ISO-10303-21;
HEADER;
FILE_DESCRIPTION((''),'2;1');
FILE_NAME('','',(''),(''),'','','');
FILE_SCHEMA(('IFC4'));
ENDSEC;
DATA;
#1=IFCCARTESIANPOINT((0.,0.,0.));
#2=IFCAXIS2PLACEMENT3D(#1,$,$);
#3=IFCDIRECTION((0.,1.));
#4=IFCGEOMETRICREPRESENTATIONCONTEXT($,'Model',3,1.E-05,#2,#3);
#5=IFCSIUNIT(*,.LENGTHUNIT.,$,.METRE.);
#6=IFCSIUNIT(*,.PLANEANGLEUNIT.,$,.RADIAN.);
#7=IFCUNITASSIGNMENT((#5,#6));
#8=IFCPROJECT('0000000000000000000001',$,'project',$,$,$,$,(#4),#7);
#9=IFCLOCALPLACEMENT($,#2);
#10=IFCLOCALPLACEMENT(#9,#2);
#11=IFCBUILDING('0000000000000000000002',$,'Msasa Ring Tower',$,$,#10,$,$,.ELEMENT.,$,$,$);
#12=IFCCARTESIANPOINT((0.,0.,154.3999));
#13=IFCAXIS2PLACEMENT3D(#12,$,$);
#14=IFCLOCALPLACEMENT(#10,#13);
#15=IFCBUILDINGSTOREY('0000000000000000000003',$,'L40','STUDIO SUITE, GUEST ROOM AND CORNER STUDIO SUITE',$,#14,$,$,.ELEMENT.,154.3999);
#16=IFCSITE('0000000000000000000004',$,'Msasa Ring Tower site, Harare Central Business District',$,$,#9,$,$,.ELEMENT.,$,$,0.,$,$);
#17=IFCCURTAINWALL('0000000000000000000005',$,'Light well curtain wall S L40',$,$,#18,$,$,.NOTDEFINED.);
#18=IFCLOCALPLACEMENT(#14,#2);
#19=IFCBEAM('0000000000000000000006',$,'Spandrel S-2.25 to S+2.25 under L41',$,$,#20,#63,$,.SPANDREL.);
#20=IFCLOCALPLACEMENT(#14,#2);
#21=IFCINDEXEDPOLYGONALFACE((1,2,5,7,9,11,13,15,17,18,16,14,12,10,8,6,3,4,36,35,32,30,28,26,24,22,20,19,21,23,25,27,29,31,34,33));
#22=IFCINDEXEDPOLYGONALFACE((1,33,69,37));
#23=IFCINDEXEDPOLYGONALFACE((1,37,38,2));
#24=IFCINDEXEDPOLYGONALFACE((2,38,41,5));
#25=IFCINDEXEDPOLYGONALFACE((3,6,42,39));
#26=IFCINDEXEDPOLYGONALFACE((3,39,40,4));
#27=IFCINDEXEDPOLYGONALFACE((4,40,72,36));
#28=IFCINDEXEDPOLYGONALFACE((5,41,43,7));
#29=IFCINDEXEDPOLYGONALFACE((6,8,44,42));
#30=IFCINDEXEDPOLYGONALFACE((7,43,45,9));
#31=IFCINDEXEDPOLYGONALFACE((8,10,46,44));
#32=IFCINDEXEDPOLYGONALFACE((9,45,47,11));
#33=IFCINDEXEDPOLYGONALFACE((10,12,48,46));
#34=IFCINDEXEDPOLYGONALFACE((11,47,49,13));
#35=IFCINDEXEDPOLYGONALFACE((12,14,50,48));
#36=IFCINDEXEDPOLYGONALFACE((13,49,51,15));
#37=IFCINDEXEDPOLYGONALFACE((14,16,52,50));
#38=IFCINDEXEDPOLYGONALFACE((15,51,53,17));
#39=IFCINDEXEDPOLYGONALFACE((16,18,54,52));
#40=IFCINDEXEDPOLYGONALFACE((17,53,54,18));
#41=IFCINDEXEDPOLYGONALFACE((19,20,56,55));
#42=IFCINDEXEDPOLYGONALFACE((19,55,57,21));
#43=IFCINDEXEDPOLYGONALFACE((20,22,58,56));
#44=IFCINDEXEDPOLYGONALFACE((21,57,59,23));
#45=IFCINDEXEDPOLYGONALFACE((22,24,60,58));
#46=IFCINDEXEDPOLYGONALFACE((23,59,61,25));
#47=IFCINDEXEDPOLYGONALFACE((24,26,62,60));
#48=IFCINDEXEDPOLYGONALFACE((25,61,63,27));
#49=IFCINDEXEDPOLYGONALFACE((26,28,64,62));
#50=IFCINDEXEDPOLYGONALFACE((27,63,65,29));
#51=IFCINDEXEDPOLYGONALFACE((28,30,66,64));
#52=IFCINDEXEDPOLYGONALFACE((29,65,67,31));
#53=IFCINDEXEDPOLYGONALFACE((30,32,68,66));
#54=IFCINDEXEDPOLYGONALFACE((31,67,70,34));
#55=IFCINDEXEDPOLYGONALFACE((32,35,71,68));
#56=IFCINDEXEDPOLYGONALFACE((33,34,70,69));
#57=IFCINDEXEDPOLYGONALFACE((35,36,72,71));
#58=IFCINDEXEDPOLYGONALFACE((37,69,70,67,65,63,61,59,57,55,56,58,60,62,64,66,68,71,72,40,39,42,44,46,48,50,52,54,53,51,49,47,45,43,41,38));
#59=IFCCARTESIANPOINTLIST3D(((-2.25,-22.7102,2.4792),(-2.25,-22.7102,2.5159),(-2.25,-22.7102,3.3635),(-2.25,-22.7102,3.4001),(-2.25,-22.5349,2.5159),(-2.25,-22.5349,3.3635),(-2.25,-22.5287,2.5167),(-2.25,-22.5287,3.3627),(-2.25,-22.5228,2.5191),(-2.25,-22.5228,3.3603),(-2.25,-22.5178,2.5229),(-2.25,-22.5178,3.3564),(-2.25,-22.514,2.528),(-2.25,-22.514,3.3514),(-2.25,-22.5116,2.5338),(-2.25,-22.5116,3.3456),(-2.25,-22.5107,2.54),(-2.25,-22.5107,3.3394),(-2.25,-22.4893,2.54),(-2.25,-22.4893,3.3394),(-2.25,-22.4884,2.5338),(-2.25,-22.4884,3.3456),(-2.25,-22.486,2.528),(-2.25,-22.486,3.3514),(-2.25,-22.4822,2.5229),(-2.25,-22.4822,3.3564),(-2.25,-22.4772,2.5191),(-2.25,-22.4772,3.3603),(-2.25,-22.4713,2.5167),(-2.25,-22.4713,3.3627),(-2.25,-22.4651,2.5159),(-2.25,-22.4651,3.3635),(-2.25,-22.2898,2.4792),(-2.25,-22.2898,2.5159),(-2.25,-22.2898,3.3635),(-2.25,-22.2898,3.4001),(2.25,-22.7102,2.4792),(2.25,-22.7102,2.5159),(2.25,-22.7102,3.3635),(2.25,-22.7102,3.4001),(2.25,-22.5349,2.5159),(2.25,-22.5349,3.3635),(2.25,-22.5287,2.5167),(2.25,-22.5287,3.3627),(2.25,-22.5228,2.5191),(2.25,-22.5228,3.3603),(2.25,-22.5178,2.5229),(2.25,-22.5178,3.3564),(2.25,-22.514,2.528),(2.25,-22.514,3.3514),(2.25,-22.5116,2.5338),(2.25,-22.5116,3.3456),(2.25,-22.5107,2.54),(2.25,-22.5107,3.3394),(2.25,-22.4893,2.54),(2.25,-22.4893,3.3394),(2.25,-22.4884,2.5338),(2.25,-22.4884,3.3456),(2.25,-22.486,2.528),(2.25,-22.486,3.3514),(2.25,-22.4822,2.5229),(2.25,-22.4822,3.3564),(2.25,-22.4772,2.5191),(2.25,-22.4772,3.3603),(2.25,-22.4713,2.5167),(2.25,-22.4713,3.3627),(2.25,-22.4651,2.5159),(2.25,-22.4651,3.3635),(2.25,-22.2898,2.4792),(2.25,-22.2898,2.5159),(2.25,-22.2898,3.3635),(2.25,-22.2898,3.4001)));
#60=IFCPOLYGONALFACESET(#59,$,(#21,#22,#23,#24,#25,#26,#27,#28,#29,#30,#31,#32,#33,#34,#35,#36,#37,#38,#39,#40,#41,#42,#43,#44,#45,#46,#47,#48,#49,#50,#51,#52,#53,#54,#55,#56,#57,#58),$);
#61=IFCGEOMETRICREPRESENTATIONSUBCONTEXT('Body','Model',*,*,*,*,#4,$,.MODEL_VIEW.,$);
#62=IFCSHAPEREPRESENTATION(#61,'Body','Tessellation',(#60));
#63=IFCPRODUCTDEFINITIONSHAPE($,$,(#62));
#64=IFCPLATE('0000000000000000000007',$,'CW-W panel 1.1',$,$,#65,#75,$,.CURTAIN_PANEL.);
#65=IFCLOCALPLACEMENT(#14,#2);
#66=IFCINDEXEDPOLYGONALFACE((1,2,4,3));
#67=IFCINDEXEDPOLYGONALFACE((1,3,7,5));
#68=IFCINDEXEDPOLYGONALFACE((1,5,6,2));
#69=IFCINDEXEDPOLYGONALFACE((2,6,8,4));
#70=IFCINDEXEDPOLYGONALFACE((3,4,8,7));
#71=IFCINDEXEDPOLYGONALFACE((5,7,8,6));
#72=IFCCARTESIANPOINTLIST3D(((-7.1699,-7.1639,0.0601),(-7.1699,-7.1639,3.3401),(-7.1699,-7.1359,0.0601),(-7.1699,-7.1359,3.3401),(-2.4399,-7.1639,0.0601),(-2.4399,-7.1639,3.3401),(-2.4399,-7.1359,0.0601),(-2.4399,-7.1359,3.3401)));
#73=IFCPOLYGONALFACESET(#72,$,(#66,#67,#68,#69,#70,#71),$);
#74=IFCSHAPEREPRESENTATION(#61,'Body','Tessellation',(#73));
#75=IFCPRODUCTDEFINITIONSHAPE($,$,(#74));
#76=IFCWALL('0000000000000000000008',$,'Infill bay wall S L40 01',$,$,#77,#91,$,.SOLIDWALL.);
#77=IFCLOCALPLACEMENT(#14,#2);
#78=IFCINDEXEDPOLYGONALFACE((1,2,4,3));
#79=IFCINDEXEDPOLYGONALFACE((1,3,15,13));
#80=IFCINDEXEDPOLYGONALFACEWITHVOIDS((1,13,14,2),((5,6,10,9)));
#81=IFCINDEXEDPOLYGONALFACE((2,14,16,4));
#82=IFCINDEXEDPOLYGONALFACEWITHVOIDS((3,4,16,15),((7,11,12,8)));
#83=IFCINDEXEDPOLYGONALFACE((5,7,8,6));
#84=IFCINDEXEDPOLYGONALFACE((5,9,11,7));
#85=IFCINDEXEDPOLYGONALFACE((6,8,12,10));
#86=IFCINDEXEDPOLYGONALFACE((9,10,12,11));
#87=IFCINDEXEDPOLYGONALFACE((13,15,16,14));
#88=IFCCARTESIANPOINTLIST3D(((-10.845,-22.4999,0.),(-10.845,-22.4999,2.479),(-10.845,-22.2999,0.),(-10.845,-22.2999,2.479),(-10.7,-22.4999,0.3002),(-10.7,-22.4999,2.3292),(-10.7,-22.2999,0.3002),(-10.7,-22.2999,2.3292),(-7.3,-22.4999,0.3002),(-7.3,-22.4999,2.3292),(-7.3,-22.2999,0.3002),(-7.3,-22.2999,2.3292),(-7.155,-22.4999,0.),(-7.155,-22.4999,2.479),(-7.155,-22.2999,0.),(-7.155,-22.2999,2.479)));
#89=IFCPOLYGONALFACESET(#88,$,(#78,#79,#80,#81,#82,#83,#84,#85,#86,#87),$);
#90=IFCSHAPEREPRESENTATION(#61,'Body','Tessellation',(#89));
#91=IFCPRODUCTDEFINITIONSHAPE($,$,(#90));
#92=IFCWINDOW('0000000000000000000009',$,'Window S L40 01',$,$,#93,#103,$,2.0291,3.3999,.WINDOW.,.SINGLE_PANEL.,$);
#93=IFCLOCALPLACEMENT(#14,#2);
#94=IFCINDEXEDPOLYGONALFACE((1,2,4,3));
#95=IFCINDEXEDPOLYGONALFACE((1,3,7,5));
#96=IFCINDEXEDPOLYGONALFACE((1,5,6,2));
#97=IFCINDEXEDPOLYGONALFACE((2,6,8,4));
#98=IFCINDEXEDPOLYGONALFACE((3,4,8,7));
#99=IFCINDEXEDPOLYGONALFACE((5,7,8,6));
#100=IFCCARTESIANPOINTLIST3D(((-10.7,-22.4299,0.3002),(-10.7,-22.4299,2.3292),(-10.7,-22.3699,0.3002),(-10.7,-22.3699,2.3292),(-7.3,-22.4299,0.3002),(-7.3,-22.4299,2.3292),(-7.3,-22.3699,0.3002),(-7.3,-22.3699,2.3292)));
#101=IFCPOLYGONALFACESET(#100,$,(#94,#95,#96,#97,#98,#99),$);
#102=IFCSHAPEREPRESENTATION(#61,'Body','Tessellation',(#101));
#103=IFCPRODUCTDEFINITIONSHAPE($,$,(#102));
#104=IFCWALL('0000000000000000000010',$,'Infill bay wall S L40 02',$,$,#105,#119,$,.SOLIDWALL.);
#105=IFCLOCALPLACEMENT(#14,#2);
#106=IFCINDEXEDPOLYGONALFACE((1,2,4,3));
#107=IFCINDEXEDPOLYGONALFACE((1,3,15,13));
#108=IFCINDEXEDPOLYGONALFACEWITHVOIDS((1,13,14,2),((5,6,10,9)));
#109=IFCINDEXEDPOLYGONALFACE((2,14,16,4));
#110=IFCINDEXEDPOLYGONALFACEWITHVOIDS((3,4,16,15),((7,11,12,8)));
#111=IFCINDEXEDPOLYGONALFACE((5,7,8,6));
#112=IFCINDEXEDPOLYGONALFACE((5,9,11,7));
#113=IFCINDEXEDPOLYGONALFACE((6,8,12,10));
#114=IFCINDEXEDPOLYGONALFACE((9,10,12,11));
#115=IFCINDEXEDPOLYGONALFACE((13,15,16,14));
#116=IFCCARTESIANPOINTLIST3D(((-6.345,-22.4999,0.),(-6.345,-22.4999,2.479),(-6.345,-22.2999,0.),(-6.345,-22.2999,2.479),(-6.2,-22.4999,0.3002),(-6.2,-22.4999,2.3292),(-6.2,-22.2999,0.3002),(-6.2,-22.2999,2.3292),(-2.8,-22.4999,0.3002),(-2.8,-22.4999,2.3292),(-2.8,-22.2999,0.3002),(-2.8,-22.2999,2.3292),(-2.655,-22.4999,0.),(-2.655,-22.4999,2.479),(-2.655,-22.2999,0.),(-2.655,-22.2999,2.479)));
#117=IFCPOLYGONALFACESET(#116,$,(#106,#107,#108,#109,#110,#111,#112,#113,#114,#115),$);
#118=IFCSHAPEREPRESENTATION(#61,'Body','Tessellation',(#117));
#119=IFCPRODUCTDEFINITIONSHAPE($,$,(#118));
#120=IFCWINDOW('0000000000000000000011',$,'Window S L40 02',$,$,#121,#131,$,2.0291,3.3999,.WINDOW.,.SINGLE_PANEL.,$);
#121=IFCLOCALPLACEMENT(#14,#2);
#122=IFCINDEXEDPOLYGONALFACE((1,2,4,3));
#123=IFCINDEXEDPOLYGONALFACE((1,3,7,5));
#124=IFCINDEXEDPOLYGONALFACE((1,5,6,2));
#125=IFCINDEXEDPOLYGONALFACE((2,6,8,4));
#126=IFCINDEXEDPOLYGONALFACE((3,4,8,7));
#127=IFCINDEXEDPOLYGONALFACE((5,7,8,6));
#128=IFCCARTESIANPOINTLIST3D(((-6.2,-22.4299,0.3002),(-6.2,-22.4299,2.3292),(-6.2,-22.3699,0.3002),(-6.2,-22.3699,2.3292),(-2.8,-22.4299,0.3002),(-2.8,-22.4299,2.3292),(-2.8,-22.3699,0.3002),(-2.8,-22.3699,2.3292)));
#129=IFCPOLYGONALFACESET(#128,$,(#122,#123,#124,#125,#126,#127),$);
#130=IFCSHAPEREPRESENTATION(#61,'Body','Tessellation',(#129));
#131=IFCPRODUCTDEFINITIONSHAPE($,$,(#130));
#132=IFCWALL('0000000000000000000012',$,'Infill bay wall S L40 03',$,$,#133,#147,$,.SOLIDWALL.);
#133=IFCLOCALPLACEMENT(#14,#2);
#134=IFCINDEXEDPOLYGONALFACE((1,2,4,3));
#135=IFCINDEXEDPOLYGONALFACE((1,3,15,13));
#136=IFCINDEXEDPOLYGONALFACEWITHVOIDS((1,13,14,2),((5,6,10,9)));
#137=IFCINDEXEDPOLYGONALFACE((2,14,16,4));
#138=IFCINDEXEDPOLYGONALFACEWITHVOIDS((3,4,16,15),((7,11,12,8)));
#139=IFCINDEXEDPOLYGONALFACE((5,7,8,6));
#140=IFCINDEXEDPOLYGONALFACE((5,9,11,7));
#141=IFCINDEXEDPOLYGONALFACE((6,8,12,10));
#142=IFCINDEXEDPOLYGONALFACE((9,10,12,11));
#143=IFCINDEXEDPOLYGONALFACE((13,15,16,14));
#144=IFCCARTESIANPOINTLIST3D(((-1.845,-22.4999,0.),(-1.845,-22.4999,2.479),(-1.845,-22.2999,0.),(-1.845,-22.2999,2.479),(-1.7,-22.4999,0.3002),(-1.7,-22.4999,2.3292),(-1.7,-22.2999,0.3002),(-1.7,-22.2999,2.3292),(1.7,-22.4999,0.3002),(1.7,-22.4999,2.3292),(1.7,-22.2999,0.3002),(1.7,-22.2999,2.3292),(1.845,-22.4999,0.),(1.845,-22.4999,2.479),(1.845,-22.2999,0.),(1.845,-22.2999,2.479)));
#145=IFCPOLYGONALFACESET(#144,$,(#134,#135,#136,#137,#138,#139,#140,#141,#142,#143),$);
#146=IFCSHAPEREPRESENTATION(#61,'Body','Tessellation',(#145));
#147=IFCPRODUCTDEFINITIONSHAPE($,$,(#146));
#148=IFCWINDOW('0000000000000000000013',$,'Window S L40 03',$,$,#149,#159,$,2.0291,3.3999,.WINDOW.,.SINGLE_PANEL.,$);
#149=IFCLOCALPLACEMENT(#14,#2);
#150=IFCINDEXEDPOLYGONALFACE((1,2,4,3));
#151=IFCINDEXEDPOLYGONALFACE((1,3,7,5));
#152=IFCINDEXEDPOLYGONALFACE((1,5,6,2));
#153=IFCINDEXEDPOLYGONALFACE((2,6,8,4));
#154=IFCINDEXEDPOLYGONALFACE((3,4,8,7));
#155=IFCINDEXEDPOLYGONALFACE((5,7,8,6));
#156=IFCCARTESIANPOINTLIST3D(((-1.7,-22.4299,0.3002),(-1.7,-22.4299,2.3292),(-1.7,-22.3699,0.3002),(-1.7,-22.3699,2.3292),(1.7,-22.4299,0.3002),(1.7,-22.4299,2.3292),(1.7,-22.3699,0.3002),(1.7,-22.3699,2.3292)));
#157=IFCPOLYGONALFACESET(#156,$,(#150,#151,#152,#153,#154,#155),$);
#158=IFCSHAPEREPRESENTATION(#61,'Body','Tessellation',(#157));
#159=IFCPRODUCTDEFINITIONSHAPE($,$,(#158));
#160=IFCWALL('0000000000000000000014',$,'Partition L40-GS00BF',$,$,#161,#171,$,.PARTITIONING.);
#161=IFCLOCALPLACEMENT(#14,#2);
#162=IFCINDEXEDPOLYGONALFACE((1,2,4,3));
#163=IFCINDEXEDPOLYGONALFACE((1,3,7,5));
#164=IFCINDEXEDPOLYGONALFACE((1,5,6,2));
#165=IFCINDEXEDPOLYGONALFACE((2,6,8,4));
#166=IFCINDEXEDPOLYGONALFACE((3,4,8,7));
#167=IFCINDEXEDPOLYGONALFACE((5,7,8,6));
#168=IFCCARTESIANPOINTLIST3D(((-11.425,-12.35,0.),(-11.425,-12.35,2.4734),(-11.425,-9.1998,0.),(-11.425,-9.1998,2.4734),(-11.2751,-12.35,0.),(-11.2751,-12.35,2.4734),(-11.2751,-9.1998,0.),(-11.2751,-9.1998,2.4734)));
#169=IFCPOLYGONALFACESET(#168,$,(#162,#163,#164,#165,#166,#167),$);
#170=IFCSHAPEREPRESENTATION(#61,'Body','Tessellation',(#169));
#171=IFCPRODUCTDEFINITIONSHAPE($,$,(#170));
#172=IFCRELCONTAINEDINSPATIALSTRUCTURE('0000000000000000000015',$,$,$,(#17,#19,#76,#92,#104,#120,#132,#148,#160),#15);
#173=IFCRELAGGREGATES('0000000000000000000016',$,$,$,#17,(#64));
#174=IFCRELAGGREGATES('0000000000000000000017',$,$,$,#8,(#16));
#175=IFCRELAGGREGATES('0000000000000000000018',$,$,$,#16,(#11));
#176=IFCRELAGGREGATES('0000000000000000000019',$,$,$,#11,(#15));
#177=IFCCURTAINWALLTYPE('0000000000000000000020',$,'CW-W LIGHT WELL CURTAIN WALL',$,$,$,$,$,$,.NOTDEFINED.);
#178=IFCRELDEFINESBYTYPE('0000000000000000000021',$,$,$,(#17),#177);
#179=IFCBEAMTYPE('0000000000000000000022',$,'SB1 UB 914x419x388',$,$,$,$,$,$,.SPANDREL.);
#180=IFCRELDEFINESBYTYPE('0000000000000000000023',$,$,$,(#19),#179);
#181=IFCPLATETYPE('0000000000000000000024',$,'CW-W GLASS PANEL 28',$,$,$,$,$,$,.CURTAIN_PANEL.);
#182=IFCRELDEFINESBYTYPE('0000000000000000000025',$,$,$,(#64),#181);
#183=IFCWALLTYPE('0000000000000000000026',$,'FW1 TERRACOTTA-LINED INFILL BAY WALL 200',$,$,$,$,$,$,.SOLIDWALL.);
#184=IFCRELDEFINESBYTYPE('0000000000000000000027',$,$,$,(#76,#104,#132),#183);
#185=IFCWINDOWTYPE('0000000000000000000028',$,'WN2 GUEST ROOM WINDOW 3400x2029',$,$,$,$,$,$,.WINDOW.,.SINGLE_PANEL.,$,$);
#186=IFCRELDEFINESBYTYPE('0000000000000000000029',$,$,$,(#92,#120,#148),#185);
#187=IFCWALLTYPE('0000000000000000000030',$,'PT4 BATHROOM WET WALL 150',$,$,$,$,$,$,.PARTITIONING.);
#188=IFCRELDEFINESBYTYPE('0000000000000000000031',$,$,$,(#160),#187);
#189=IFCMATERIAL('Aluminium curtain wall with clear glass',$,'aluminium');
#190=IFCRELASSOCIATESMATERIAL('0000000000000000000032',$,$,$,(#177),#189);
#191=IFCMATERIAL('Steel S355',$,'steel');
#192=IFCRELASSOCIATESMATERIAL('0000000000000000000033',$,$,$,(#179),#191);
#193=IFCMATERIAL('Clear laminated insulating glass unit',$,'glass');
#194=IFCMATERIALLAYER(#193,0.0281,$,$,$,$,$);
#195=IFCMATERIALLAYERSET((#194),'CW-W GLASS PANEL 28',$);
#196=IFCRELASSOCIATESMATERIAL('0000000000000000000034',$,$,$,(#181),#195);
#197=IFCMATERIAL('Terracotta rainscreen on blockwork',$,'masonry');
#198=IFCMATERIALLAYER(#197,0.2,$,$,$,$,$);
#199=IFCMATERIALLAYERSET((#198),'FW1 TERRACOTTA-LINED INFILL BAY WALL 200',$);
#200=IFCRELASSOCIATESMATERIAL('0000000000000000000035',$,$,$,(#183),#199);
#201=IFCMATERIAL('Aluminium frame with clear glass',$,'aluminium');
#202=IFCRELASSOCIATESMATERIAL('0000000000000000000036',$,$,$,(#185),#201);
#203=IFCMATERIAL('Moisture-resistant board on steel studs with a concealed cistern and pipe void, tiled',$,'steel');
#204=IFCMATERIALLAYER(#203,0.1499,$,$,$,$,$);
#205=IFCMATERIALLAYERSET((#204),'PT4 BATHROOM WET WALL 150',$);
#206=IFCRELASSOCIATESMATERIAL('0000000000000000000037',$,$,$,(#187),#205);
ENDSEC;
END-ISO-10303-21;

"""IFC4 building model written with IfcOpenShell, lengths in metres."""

from ifc_helpers import new_model, si_unit, direction, frame, frame_2d, origin, origin_2d, place, context, subcontext, project, spatial, rectangle, i_section, extrude, material, layer, layer_set, material_profile, profile_set, type_object, element, fill, aggregate, save


model = new_model("IFC4")

# Units and contexts
model_context = context("Model", 3, precision=1e-05, world=origin(), true_north=direction((0.0, 1.0)))
body_context = subcontext(model_context, "Body", "Model", "MODEL_VIEW")
ifc_project = project(units=[si_unit("LENGTHUNIT", "METRE"), si_unit("PLANEANGLEUNIT", "RADIAN")], contexts=[model_context])

# Site, building, storey
site_placement = place(None, origin())
site = spatial("IfcSite", under=ifc_project, at=site_placement, Name="Msasa Ring Tower site, Harare Central Business District", CompositionType="ELEMENT", RefElevation=0.0)
building_placement = place(site_placement, origin())
building = spatial("IfcBuilding", under=site, at=building_placement, Name="Msasa Ring Tower", CompositionType="ELEMENT")
storey_placement = place(building_placement, frame((0.0, 0.0, 154.3999)))
storey = spatial("IfcBuildingStorey", under=building, at=storey_placement, Name="L40", Description="STUDIO SUITE, GUEST ROOM AND CORNER STUDIO SUITE", CompositionType="ELEMENT", Elevation=154.3999)

# Curtain wall
ifc_material_1 = material(Name="Aluminium curtain wall with clear glass", Category="aluminium")
curtain_wall_type = type_object("IfcCurtainWallType", Name="CW-W LIGHT WELL CURTAIN WALL", PredefinedType="NOTDEFINED", material=ifc_material_1)
curtain_wall_placement = place(storey_placement, origin())
curtain_wall = element("IfcCurtainWall", 1, at=curtain_wall_placement, inside=storey, type_object=curtain_wall_type, Name="Light well curtain wall S L40", PredefinedType="NOTDEFINED")

# Beam
ifc_material_2 = material(Name="Steel S355", Category="steel")
ifc_material_profile_1 = material_profile(ifc_material_2, i_section(OverallWidth=0.4204, OverallDepth=0.9209, WebThickness=0.0215, FlangeThickness=0.0366, FilletRadius=0.0242, at=origin_2d()), Name="UB 914x419x388")
ifc_profile_set_1 = profile_set([ifc_material_profile_1], Name="Steel S355")
beam_type_1 = type_object("IfcBeamType", Name="SB1 UB 914x419x388", PredefinedType="SPANDREL", material=ifc_profile_set_1)
for number, where, z_axis, x_axis, name in (
    (2, (-2.25, -22.5, 2.9397), (1.0, 0.0, 0.0), (0.0, 1.0, 0.0), "Spandrel S-2.25 to S+2.25 under L41"),
):
    element("IfcBeam", number, at=place(storey_placement, frame(where, z_axis=z_axis, x_axis=x_axis)), inside=storey, type_object=beam_type_1, Name=name, PredefinedType="SPANDREL", context=body_context, shape_type="SweptSolid", body=[
        extrude(i_section(OverallWidth=0.4204, OverallDepth=0.9209, WebThickness=0.0215, FlangeThickness=0.0366, FilletRadius=0.0242, at=origin_2d()), origin(), (0.0, 0.0, 1.0), 4.5),
    ])

# Plate
ifc_material_3 = material(Name="Clear laminated insulating glass unit", Category="glass")
ifc_layer_1 = layer(ifc_material_3, 0.0281)
ifc_layer_set_1 = layer_set([ifc_layer_1], Name="CW-W GLASS PANEL 28")
plate_type = type_object("IfcPlateType", Name="CW-W GLASS PANEL 28", PredefinedType="CURTAIN_PANEL", material=ifc_layer_set_1)
plate_placement = place(storey_placement, frame((-4.8049, -7.1499, 0.0601), z_axis=(0.0, 0.0, 1.0), x_axis=(1.0, 0.0, 0.0)))
plate = element("IfcPlate", 3, at=plate_placement, type_object=plate_type, Name="CW-W panel 1.1", PredefinedType="CURTAIN_PANEL", context=body_context, shape_type="SweptSolid", body=[
    extrude(rectangle(XDim=4.73, YDim=0.0281, at=origin_2d()), origin(), (0.0, 0.0, 1.0), 3.28),
])
aggregate(curtain_wall, [plate])

# Walls, openings, windows
ifc_material_4 = material(Name="Terracotta rainscreen on blockwork", Category="masonry")
ifc_layer_2 = layer(ifc_material_4, 0.2)
ifc_layer_set_2 = layer_set([ifc_layer_2], Name="FW1 TERRACOTTA-LINED INFILL BAY WALL 200")
wall_type_1 = type_object("IfcWallType", Name="FW1 TERRACOTTA-LINED INFILL BAY WALL 200", PredefinedType="SOLIDWALL", material=ifc_layer_set_2)
wall_1_placement = place(storey_placement, frame((-10.845, -22.3999, 0.0), z_axis=(0.0, 0.0, 1.0), x_axis=(1.0, 0.0, 0.0)))
wall_1 = element("IfcWall", 4, at=wall_1_placement, inside=storey, type_object=wall_type_1, Name="Infill bay wall S L40 01", PredefinedType="SOLIDWALL", context=body_context, shape_type="SweptSolid", body=[
    extrude(rectangle(XDim=3.6899, YDim=0.2, at=frame_2d((1.845, 0.0))), origin(), (0.0, 0.0, 1.0), 2.479),
])
opening_1_placement = place(wall_1_placement, frame((0.145, 0.0, 0.3)))
opening_1 = element("IfcOpeningElement", 5, at=opening_1_placement, cuts=wall_1, PredefinedType="OPENING", context=body_context, shape_type="SweptSolid", body=[
    extrude(rectangle(XDim=3.3999, YDim=2.0291, at=frame_2d((1.7, 1.0146))), frame((0.0, 0.1099, 0.0), z_axis=(0.0, -1.0, 0.0), x_axis=(1.0, 0.0, 0.0)), (0.0, 0.0, 1.0), 0.22),
])
ifc_material_5 = material(Name="Aluminium frame with clear glass", Category="aluminium")
window_type = type_object("IfcWindowType", Name="WN2 GUEST ROOM WINDOW 3400x2029", PartitioningType="SINGLE_PANEL", PredefinedType="WINDOW", material=ifc_material_5)
window_1_placement = place(opening_1_placement, origin())
window_1 = element("IfcWindow", 6, at=window_1_placement, inside=storey, type_object=window_type, Name="Window S L40 01", OverallHeight=2.0291, OverallWidth=3.3999, PartitioningType="SINGLE_PANEL", PredefinedType="WINDOW", context=body_context, shape_type="SweptSolid", body=[
    extrude(rectangle(XDim=3.3999, YDim=2.0291, at=frame_2d((1.7, 1.0146))), frame((0.0, 0.03, 0.0), z_axis=(0.0, -1.0, 0.0), x_axis=(1.0, 0.0, 0.0)), (0.0, 0.0, 1.0), 0.0601),
])
fill(opening_1, window_1)
wall_2_placement = place(storey_placement, frame((-6.345, -22.3999, 0.0), z_axis=(0.0, 0.0, 1.0), x_axis=(1.0, 0.0, 0.0)))
wall_2 = element("IfcWall", 7, at=wall_2_placement, inside=storey, type_object=wall_type_1, Name="Infill bay wall S L40 02", PredefinedType="SOLIDWALL", context=body_context, shape_type="SweptSolid", body=[
    extrude(rectangle(XDim=3.6899, YDim=0.2, at=frame_2d((1.845, 0.0))), origin(), (0.0, 0.0, 1.0), 2.479),
])
opening_2_placement = place(wall_2_placement, frame((0.145, 0.0, 0.3)))
opening_2 = element("IfcOpeningElement", 8, at=opening_2_placement, cuts=wall_2, PredefinedType="OPENING", context=body_context, shape_type="SweptSolid", body=[
    extrude(rectangle(XDim=3.3999, YDim=2.0291, at=frame_2d((1.7, 1.0146))), frame((0.0, 0.1099, 0.0), z_axis=(0.0, -1.0, 0.0), x_axis=(1.0, 0.0, 0.0)), (0.0, 0.0, 1.0), 0.22),
])
window_2_placement = place(opening_2_placement, origin())
window_2 = element("IfcWindow", 9, at=window_2_placement, inside=storey, type_object=window_type, Name="Window S L40 02", OverallHeight=2.0291, OverallWidth=3.3999, PartitioningType="SINGLE_PANEL", PredefinedType="WINDOW", context=body_context, shape_type="SweptSolid", body=[
    extrude(rectangle(XDim=3.3999, YDim=2.0291, at=frame_2d((1.7, 1.0146))), frame((0.0, 0.03, 0.0), z_axis=(0.0, -1.0, 0.0), x_axis=(1.0, 0.0, 0.0)), (0.0, 0.0, 1.0), 0.0601),
])
fill(opening_2, window_2)
wall_3_placement = place(storey_placement, frame((-1.845, -22.3999, 0.0), z_axis=(0.0, 0.0, 1.0), x_axis=(1.0, 0.0, 0.0)))
wall_3 = element("IfcWall", 10, at=wall_3_placement, inside=storey, type_object=wall_type_1, Name="Infill bay wall S L40 03", PredefinedType="SOLIDWALL", context=body_context, shape_type="SweptSolid", body=[
    extrude(rectangle(XDim=3.6899, YDim=0.2, at=frame_2d((1.845, 0.0))), origin(), (0.0, 0.0, 1.0), 2.479),
])
opening_3_placement = place(wall_3_placement, frame((0.145, 0.0, 0.3)))
opening_3 = element("IfcOpeningElement", 11, at=opening_3_placement, cuts=wall_3, PredefinedType="OPENING", context=body_context, shape_type="SweptSolid", body=[
    extrude(rectangle(XDim=3.3999, YDim=2.0291, at=frame_2d((1.7, 1.0146))), frame((0.0, 0.1099, 0.0), z_axis=(0.0, -1.0, 0.0), x_axis=(1.0, 0.0, 0.0)), (0.0, 0.0, 1.0), 0.22),
])
window_3_placement = place(opening_3_placement, origin())
window_3 = element("IfcWindow", 12, at=window_3_placement, inside=storey, type_object=window_type, Name="Window S L40 03", OverallHeight=2.0291, OverallWidth=3.3999, PartitioningType="SINGLE_PANEL", PredefinedType="WINDOW", context=body_context, shape_type="SweptSolid", body=[
    extrude(rectangle(XDim=3.3999, YDim=2.0291, at=frame_2d((1.7, 1.0146))), frame((0.0, 0.03, 0.0), z_axis=(0.0, -1.0, 0.0), x_axis=(1.0, 0.0, 0.0)), (0.0, 0.0, 1.0), 0.0601),
])
fill(opening_3, window_3)

# Wall
ifc_material_6 = material(Name="Moisture-resistant board on steel studs with a concealed cistern and pipe void, tiled", Category="steel")
ifc_layer_3 = layer(ifc_material_6, 0.1499)
ifc_layer_set_3 = layer_set([ifc_layer_3], Name="PT4 BATHROOM WET WALL 150")
wall_type_2 = type_object("IfcWallType", Name="PT4 BATHROOM WET WALL 150", PredefinedType="PARTITIONING", material=ifc_layer_set_3)
wall_4_placement = place(storey_placement, frame((-11.3501, -12.3501, 0.0), z_axis=(0.0, 0.0, 1.0), x_axis=(0.0, 1.0, 0.0)))
element("IfcWall", 13, at=wall_4_placement, inside=storey, type_object=wall_type_2, Name="Partition L40-GS00BF", PredefinedType="PARTITIONING", context=body_context, shape_type="SweptSolid", body=[
    extrude(rectangle(XDim=3.1501, YDim=0.1499, at=frame_2d((1.5752, 0.0))), origin(), (0.0, 0.0, 1.0), 2.4734),
])

save(model, "model.ifc")
